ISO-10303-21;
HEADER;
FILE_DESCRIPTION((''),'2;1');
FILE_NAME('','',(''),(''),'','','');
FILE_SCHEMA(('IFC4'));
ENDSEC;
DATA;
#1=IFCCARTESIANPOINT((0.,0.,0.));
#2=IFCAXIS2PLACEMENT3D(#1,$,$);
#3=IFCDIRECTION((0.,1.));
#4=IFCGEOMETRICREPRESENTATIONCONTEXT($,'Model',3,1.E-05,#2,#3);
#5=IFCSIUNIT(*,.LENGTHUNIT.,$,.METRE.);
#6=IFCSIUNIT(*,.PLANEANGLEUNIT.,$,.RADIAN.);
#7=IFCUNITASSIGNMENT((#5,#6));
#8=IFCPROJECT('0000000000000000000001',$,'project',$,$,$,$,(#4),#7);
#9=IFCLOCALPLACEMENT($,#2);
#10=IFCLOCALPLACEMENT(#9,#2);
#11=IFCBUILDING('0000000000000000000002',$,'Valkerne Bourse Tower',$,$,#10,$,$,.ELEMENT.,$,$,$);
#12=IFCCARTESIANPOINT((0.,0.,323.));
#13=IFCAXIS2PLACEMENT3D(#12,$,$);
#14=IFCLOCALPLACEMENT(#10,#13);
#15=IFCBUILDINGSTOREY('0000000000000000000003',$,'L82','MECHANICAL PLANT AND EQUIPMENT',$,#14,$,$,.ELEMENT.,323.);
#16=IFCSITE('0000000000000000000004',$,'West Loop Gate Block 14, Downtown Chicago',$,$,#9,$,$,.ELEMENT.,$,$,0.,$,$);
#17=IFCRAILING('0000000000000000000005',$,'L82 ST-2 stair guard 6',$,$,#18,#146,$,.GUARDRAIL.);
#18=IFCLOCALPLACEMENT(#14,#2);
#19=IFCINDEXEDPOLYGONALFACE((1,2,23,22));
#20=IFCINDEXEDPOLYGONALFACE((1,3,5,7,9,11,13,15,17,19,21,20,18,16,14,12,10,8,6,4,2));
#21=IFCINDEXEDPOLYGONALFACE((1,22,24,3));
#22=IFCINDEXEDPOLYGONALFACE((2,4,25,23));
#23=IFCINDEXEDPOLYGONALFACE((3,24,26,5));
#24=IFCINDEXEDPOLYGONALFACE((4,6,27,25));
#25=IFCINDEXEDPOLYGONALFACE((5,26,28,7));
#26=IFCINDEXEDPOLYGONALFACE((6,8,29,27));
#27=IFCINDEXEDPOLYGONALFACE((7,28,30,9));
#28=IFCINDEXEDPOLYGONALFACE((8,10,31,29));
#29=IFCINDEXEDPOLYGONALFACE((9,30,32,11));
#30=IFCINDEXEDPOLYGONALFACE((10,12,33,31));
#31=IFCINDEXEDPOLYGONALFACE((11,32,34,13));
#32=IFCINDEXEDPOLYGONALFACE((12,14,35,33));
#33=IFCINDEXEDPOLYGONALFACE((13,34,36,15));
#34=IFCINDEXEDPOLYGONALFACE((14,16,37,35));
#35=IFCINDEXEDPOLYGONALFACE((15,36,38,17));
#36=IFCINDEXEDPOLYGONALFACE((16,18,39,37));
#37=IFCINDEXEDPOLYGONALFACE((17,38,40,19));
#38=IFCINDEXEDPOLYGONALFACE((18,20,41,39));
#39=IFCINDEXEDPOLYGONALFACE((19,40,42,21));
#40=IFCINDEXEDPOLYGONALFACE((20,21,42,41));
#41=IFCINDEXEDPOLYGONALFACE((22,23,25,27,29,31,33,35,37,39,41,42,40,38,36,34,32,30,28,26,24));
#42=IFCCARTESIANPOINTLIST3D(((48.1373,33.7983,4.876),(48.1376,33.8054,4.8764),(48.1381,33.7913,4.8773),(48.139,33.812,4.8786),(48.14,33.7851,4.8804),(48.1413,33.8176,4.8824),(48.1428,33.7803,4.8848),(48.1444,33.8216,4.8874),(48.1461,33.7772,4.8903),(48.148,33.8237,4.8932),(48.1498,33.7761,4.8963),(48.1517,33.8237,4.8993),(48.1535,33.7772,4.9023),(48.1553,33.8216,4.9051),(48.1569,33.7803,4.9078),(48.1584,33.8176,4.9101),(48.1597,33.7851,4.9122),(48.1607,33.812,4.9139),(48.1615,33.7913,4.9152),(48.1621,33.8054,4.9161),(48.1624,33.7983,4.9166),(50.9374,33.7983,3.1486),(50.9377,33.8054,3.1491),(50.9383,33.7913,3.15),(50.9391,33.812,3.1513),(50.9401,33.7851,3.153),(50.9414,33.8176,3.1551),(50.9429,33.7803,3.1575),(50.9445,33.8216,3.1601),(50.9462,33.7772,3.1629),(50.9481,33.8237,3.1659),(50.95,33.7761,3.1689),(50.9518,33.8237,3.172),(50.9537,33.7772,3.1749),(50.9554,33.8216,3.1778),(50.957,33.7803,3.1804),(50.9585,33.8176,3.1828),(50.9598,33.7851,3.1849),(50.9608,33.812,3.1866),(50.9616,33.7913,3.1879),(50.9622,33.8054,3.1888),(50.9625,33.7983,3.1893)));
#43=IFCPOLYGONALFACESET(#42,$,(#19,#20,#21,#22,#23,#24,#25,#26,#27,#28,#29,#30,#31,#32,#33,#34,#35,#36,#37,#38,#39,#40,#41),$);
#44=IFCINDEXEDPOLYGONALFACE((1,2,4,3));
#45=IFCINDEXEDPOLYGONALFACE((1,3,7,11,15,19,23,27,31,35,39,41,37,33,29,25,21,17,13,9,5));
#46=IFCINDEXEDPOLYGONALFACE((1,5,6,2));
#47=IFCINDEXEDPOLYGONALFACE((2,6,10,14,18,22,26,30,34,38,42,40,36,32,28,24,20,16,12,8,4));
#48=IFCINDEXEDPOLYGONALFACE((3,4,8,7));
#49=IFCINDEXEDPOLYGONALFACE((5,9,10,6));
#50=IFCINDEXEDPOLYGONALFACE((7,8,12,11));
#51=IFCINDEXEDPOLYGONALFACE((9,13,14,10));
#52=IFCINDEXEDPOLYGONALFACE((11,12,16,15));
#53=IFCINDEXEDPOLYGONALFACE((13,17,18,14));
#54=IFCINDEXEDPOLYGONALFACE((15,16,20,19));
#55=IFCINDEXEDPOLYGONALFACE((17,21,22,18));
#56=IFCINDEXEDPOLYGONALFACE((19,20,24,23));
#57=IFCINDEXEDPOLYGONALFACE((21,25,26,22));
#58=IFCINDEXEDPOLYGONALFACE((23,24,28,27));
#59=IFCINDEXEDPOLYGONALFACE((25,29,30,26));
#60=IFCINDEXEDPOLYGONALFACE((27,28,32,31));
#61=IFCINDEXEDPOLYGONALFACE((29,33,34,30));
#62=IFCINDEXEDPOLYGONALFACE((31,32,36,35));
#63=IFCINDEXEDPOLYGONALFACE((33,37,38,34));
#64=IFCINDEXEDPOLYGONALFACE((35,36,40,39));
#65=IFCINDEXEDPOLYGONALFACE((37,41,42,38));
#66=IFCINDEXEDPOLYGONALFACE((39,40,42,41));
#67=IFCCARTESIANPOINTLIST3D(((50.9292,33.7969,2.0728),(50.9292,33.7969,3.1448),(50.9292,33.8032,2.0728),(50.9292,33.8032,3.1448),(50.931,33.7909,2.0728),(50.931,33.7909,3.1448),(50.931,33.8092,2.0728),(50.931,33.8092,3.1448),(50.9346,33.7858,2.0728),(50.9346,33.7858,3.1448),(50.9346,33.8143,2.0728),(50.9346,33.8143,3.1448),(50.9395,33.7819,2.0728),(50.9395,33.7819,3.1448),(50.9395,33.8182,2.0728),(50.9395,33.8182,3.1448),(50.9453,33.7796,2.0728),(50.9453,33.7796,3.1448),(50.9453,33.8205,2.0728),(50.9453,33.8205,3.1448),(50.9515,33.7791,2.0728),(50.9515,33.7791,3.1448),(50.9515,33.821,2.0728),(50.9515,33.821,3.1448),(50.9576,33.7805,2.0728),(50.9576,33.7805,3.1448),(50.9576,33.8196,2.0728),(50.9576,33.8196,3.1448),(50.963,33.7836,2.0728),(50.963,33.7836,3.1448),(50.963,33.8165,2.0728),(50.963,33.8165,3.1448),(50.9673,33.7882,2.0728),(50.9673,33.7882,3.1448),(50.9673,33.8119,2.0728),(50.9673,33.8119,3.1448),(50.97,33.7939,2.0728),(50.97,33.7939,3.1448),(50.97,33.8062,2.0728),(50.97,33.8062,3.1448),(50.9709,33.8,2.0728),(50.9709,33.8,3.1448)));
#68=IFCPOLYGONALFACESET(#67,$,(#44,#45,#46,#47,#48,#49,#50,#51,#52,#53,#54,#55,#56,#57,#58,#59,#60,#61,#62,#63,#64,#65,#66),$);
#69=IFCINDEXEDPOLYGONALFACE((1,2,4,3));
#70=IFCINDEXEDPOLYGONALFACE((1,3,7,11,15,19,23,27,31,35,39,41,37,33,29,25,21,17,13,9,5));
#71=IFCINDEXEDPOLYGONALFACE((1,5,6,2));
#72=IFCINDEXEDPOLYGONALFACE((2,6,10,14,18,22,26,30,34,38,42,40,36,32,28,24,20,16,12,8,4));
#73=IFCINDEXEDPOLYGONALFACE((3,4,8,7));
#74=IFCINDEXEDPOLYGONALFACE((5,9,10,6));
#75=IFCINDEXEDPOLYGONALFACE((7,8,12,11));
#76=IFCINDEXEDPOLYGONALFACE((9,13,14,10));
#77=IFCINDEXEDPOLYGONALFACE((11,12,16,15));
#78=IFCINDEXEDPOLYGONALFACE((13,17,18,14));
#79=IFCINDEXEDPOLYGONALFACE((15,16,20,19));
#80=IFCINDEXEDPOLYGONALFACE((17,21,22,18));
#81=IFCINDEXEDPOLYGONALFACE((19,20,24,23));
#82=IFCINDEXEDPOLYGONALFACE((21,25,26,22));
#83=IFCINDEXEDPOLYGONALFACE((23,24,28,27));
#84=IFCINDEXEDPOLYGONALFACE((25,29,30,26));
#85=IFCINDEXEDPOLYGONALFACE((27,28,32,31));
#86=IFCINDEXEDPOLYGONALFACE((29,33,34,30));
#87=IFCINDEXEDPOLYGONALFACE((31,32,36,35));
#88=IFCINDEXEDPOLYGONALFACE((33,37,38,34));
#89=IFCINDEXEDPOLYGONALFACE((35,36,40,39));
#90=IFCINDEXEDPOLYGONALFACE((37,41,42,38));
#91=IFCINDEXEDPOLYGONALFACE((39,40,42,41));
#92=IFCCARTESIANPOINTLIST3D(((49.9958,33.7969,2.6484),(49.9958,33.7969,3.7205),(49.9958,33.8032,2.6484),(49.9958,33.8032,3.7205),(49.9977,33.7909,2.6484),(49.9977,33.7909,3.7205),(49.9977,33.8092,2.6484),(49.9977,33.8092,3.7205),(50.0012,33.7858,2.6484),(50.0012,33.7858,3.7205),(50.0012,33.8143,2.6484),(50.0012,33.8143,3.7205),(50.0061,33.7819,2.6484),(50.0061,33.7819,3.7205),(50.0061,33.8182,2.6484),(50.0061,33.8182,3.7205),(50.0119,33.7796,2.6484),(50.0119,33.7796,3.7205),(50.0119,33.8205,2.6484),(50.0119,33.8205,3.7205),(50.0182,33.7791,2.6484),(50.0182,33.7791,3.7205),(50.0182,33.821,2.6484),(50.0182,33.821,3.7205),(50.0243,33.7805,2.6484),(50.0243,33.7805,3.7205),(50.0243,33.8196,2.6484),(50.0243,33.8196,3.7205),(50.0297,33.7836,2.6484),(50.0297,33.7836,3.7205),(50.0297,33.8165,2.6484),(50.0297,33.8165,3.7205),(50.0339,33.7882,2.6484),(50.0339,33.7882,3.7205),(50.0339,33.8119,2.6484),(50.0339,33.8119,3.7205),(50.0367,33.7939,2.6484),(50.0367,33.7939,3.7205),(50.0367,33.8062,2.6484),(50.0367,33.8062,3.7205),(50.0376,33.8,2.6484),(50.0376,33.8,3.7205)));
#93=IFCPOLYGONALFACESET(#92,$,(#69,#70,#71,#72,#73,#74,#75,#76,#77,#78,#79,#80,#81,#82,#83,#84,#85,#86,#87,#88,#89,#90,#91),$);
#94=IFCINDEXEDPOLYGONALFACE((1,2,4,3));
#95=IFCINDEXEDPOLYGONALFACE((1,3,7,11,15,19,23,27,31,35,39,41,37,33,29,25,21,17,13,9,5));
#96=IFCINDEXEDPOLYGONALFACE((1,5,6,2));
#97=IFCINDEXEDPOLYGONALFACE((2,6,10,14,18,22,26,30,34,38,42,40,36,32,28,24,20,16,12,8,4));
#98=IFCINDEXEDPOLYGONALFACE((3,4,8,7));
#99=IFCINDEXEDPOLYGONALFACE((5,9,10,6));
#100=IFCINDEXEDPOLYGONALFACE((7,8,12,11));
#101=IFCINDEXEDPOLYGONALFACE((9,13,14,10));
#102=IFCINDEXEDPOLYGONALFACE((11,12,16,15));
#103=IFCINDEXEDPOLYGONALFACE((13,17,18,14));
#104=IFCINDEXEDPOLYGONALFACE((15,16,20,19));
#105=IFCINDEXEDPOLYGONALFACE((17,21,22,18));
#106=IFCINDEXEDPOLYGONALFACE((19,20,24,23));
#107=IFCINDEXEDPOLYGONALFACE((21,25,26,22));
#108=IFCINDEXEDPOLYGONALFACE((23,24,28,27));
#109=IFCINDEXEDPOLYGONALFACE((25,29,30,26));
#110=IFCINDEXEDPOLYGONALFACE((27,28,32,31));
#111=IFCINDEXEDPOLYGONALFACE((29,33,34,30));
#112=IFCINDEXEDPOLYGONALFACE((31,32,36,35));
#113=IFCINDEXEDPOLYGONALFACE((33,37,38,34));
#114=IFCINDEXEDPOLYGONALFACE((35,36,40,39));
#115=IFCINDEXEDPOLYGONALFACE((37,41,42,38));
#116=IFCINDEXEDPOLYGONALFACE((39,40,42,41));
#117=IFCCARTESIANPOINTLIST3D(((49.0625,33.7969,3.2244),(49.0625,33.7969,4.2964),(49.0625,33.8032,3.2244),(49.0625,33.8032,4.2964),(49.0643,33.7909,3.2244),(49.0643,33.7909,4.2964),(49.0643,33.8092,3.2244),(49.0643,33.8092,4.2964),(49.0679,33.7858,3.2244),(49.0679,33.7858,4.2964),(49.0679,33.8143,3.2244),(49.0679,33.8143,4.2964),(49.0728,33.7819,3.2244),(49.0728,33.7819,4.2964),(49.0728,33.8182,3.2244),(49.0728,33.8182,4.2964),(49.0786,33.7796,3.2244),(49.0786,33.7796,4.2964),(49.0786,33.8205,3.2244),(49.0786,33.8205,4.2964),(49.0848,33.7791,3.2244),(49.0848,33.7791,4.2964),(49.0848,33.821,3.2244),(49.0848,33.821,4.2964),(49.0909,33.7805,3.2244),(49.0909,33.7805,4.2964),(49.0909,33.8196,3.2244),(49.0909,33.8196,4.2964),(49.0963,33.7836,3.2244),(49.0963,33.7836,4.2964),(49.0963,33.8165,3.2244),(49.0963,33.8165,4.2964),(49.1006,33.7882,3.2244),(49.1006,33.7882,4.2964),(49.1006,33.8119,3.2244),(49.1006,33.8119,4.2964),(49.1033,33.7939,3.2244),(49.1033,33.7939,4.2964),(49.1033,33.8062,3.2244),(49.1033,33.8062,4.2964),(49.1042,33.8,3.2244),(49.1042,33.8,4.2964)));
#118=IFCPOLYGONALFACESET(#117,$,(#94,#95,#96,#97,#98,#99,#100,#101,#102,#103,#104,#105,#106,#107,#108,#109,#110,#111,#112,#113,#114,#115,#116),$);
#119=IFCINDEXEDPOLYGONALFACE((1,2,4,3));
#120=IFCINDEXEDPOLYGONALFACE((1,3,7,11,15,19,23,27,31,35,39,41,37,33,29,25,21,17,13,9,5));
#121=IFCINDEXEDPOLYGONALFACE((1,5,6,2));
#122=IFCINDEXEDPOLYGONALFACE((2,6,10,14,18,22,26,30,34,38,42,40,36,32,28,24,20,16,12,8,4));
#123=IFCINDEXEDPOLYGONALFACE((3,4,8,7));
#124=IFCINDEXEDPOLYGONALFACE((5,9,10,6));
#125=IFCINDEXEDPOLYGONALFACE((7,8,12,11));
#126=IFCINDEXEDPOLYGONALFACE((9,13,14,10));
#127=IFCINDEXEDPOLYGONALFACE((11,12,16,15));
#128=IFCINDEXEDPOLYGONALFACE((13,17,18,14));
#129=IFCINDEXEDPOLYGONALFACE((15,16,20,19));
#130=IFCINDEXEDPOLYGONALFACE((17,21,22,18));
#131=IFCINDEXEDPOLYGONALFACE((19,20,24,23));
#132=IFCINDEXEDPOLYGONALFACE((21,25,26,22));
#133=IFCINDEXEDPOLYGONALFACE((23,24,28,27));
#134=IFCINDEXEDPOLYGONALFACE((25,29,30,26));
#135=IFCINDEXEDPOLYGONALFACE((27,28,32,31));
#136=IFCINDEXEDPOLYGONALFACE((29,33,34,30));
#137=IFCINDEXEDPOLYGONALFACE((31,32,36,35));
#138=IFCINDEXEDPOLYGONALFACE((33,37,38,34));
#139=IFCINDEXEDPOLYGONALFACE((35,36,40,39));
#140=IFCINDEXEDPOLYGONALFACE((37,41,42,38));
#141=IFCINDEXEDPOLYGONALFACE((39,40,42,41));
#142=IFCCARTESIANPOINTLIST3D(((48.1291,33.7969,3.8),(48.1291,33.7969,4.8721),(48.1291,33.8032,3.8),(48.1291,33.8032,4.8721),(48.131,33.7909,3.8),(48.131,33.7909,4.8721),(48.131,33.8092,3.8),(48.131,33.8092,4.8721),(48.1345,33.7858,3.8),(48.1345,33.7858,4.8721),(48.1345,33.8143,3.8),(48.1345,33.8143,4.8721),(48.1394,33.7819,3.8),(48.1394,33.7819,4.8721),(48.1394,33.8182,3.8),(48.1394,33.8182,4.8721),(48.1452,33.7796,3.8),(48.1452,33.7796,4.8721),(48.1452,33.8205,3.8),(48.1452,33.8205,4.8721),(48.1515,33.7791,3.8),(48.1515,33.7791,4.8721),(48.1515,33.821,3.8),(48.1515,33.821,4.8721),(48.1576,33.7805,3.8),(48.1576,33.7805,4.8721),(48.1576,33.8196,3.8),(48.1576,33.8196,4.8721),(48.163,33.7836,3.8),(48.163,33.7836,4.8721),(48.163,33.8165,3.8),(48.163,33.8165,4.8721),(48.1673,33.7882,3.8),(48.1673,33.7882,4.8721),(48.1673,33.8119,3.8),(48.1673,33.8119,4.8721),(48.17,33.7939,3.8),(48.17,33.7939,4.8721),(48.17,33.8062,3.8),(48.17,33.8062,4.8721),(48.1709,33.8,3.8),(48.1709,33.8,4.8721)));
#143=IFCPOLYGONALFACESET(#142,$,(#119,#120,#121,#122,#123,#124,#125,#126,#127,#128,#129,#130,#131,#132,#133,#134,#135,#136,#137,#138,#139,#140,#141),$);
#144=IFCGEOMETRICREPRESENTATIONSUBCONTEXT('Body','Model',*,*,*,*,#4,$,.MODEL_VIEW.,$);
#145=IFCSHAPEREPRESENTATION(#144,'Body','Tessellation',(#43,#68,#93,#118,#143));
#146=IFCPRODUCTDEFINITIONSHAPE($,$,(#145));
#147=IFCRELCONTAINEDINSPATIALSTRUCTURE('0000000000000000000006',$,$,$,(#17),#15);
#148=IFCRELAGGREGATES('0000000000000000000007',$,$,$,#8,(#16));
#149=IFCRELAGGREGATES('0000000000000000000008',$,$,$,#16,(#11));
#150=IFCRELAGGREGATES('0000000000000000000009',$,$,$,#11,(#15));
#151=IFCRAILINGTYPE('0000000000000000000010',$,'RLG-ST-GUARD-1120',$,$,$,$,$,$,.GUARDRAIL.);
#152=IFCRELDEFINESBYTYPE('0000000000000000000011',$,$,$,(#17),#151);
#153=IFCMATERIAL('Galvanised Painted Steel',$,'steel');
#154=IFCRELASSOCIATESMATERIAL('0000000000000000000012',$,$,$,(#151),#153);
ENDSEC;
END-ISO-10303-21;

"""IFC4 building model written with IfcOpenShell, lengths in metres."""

from ifc_helpers import new_model, si_unit, direction, frame, origin, origin_2d, place, context, subcontext, project, spatial, circle, extrude, material, type_object, element, save


model = new_model("IFC4")

# Units and contexts
model_context = context("Model", 3, precision=1e-05, world=origin(), true_north=direction((0.0, 1.0)))
body_context = subcontext(model_context, "Body", "Model", "MODEL_VIEW")
ifc_project = project(units=[si_unit("LENGTHUNIT", "METRE"), si_unit("PLANEANGLEUNIT", "RADIAN")], contexts=[model_context])

# Site, building, storey
site_placement = place(None, origin())
site = spatial("IfcSite", under=ifc_project, at=site_placement, Name="West Loop Gate Block 14, Downtown Chicago", CompositionType="ELEMENT", RefElevation=0.0)
building_placement = place(site_placement, origin())
building = spatial("IfcBuilding", under=site, at=building_placement, Name="Valkerne Bourse Tower", CompositionType="ELEMENT")
storey_placement = place(building_placement, frame((0.0, 0.0, 323.0)))
storey = spatial("IfcBuildingStorey", under=building, at=storey_placement, Name="L82", Description="MECHANICAL PLANT AND EQUIPMENT", CompositionType="ELEMENT", Elevation=323.0)

# Railing
ifc_material_1 = material(Name="Galvanised Painted Steel", Category="steel")
railing_type_1 = type_object("IfcRailingType", Name="RLG-ST-GUARD-1120", PredefinedType="GUARDRAIL", material=ifc_material_1)
railing_1_placement = place(storey_placement, frame((50.95, 33.8, 2.0728)))
element("IfcRailing", 1, at=railing_1_placement, inside=storey, type_object=railing_type_1, Name="L82 ST-2 stair guard 6", PredefinedType="GUARDRAIL", context=body_context, shape_type="SweptSolid", body=[
    extrude(circle(Radius=0.0239, at=origin_2d()), frame((0.0, 0.0, 1.0962), z_axis=(-0.85109, 0.0, 0.52502), x_axis=(0.0, -1.0, 0.0)), (0.0, 0.0, 1.0), 3.29),
    extrude(circle(Radius=0.021, at=origin_2d()), origin(), (0.0, 0.0, 1.0), 1.072),
    extrude(circle(Radius=0.021, at=origin_2d()), frame((-0.9333, 0.0, 0.5757)), (0.0, 0.0, 1.0), 1.072),
    extrude(circle(Radius=0.021, at=origin_2d()), frame((-1.8667, 0.0, 1.1516)), (0.0, 0.0, 1.0), 1.072),
    extrude(circle(Radius=0.021, at=origin_2d()), frame((-2.8, 0.0, 1.7273)), (0.0, 0.0, 1.0), 1.072),
])

save(model, "model.ifc")
